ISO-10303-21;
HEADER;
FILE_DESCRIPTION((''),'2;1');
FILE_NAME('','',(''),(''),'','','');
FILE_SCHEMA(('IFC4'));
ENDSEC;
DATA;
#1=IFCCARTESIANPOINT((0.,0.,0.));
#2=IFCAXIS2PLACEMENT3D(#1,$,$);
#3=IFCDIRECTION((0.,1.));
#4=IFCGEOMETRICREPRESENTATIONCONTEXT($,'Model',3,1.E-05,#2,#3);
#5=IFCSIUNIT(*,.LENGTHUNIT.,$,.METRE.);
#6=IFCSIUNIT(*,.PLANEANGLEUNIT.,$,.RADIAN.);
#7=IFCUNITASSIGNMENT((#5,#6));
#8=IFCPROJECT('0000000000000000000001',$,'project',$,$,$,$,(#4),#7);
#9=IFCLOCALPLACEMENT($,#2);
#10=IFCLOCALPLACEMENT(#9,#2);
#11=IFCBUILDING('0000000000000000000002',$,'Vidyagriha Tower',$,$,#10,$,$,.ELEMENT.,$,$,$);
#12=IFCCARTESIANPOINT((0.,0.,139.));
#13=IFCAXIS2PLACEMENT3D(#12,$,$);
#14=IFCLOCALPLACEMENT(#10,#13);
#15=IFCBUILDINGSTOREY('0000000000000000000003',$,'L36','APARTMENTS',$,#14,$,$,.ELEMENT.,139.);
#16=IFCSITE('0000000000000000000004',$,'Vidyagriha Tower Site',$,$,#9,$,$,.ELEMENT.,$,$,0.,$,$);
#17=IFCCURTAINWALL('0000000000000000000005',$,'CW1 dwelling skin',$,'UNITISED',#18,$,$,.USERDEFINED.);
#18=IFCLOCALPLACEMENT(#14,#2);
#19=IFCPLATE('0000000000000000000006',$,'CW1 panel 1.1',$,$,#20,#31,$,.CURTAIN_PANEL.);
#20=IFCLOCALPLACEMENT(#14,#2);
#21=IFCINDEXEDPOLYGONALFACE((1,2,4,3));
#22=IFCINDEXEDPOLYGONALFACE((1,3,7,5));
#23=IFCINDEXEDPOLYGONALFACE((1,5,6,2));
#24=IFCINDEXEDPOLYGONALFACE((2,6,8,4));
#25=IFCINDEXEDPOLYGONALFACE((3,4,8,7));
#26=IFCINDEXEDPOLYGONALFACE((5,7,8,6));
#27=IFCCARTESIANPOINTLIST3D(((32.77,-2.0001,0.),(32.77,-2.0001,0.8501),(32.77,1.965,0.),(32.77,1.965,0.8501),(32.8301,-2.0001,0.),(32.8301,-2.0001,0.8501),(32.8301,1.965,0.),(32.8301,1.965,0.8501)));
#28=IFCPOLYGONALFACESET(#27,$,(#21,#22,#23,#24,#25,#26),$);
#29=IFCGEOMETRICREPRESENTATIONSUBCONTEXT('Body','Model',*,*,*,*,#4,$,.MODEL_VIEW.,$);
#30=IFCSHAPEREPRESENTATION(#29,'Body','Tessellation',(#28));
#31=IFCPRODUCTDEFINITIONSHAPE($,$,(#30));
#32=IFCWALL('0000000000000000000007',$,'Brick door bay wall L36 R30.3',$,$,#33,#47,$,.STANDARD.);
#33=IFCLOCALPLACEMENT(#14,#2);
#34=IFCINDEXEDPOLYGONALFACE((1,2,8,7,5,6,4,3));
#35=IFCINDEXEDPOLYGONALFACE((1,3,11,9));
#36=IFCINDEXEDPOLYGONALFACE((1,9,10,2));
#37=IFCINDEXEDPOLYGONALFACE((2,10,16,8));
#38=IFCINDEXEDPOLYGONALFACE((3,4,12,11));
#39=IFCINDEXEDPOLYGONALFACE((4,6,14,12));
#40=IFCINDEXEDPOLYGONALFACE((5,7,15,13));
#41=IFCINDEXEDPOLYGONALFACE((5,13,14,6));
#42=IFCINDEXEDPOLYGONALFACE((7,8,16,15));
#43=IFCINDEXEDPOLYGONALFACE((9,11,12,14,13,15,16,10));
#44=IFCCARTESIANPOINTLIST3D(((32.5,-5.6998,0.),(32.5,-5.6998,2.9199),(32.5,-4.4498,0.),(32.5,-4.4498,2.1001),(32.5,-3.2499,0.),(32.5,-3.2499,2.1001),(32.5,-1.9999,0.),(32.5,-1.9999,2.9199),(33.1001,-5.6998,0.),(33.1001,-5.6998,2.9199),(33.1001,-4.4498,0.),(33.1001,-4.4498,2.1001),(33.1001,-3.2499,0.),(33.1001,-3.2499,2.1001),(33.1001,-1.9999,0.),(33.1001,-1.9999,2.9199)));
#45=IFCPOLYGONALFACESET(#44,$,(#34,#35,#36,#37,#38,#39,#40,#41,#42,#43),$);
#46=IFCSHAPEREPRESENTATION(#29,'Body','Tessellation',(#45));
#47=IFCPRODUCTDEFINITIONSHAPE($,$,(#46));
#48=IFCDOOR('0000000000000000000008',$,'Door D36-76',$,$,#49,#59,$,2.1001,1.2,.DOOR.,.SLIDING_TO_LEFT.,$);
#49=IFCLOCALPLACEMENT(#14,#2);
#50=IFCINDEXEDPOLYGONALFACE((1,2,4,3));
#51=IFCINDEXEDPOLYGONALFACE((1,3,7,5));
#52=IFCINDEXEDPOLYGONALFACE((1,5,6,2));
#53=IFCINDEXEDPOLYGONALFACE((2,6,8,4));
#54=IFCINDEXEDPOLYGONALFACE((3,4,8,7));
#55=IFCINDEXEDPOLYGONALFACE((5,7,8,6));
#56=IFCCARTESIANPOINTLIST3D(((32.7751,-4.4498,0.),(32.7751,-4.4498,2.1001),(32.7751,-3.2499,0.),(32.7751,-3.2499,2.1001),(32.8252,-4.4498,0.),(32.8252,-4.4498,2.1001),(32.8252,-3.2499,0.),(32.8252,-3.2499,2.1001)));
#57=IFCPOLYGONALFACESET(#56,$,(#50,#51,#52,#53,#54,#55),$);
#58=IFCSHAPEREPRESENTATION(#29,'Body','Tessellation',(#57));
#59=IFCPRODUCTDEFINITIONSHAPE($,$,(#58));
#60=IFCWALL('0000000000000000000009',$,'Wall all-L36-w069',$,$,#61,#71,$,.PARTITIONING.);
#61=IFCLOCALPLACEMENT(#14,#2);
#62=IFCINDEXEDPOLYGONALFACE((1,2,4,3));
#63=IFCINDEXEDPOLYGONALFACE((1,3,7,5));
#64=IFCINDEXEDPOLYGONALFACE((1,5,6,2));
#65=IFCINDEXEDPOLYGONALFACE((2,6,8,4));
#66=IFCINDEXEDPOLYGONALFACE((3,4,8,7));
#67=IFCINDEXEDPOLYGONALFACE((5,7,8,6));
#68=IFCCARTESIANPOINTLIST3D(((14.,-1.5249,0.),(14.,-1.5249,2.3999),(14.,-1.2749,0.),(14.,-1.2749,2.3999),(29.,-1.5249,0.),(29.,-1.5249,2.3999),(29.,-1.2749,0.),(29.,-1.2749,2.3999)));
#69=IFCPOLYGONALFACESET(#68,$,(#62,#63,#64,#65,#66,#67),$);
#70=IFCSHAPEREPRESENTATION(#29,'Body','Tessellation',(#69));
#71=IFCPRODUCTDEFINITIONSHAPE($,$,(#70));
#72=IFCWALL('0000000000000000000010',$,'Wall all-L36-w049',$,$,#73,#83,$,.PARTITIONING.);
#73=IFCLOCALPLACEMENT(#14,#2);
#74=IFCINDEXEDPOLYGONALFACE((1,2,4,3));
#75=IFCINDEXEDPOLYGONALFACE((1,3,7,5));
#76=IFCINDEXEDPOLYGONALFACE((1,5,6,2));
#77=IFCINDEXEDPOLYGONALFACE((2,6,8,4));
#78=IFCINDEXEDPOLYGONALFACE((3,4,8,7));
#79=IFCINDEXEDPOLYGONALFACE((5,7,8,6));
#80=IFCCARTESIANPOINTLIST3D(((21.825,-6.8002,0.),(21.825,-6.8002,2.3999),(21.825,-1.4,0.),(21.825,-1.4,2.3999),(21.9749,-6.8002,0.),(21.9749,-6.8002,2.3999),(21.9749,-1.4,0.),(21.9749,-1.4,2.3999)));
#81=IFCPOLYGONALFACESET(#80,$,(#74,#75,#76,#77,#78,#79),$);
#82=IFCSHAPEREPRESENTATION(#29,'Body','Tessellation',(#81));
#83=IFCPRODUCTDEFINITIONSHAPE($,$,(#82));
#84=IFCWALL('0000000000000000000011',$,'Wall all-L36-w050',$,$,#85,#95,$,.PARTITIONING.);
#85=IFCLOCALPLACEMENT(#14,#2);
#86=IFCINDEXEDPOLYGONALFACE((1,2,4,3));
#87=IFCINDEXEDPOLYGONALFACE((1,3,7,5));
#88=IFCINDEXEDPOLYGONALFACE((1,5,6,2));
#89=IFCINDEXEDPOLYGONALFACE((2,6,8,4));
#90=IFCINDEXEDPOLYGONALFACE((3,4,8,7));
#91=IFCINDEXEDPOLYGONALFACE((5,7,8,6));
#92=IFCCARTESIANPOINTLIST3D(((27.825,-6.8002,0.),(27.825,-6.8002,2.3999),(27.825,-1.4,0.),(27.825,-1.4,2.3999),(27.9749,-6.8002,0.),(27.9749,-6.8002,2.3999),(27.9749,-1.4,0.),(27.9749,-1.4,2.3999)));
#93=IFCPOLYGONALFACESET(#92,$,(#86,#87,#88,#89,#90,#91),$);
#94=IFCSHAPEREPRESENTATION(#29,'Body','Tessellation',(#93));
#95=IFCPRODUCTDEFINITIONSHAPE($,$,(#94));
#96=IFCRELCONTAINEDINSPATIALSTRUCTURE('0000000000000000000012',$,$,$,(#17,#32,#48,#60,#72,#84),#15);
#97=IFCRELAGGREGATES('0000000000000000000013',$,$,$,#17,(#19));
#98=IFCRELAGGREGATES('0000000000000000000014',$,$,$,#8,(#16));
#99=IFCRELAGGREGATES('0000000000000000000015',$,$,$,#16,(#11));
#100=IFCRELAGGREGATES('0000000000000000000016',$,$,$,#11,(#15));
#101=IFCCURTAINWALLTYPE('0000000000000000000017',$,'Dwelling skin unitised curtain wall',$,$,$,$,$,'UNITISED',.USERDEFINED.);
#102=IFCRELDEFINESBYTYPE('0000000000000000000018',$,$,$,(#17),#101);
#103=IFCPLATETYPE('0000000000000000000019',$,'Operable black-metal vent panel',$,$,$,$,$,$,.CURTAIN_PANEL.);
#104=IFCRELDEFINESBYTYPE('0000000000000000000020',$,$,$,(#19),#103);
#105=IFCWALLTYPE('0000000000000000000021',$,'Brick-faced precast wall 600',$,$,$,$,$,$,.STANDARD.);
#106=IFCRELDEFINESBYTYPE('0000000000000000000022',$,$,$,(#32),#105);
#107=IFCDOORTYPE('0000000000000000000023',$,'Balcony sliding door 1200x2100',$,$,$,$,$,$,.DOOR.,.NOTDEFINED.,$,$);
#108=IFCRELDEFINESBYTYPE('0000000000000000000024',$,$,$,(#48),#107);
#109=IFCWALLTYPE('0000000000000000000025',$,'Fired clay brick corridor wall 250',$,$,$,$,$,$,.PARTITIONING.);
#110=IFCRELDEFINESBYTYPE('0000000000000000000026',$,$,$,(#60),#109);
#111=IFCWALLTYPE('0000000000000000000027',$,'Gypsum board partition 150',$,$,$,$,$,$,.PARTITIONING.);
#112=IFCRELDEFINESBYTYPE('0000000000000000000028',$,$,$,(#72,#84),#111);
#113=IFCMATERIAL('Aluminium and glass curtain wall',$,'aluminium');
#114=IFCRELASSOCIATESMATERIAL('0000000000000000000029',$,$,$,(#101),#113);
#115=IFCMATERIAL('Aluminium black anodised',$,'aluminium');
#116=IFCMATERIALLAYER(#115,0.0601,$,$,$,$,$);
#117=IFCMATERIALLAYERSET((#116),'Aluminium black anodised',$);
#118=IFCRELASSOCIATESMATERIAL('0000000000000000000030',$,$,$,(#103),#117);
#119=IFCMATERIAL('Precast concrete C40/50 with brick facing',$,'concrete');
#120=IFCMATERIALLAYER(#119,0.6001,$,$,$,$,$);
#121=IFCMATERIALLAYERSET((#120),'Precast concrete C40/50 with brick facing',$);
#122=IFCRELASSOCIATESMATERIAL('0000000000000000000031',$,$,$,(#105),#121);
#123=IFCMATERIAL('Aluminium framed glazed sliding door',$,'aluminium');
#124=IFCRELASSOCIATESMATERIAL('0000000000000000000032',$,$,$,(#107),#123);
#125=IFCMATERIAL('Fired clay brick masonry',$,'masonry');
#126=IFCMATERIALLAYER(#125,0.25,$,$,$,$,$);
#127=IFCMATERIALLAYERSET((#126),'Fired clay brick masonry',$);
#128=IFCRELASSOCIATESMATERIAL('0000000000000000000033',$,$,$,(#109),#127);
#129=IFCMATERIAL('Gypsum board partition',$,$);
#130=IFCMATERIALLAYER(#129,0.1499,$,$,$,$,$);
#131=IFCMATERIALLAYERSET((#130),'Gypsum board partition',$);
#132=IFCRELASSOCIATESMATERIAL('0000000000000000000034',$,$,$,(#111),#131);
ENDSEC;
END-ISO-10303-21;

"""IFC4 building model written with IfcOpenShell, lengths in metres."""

from ifc_helpers import new_model, si_unit, direction, frame, frame_2d, origin, origin_2d, place, context, subcontext, project, spatial, rectangle, extrude, material, layer, layer_set, type_object, element, fill, aggregate, save


model = new_model("IFC4")

# Units and contexts
model_context = context("Model", 3, precision=1e-05, world=origin(), true_north=direction((0.0, 1.0)))
body_context = subcontext(model_context, "Body", "Model", "MODEL_VIEW")
ifc_project = project(units=[si_unit("LENGTHUNIT", "METRE"), si_unit("PLANEANGLEUNIT", "RADIAN")], contexts=[model_context])

# Site, building, storey
site_placement = place(None, origin())
site = spatial("IfcSite", under=ifc_project, at=site_placement, Name="Vidyagriha Tower Site", CompositionType="ELEMENT", RefElevation=0.0)
building_placement = place(site_placement, origin())
building = spatial("IfcBuilding", under=site, at=building_placement, Name="Vidyagriha Tower", CompositionType="ELEMENT")
storey_placement = place(building_placement, frame((0.0, 0.0, 139.0)))
storey = spatial("IfcBuildingStorey", under=building, at=storey_placement, Name="L36", Description="APARTMENTS", CompositionType="ELEMENT", Elevation=139.0)

# Shared definitions
ifc_material_1 = material(Name="Aluminium and glass curtain wall", Category="aluminium")
curtain_wall_type = type_object("IfcCurtainWallType", Name="Dwelling skin unitised curtain wall", ElementType="UNITISED", PredefinedType="USERDEFINED", material=ifc_material_1)

# Curtain wall
curtain_wall_1_placement = place(storey_placement, origin())
curtain_wall_1 = element("IfcCurtainWall", 1, at=curtain_wall_1_placement, inside=storey, type_object=curtain_wall_type, Name="CW1 dwelling skin", ObjectType="UNITISED", PredefinedType="USERDEFINED")

# Plate
ifc_material_2 = material(Name="Aluminium black anodised", Category="aluminium")
ifc_layer_1 = layer(ifc_material_2, 0.0601)
ifc_layer_set_1 = layer_set([ifc_layer_1], Name="Aluminium black anodised")
plate_type_1 = type_object("IfcPlateType", Name="Operable black-metal vent panel", PredefinedType="CURTAIN_PANEL", material=ifc_layer_set_1)
plate_1_placement = place(storey_placement, frame((32.8, -0.0176, 0.0), z_axis=(0.0, 0.0, 1.0), x_axis=(0.0, 1.0, 0.0)))
plate_1 = element("IfcPlate", 2, at=plate_1_placement, type_object=plate_type_1, Name="CW1 panel 1.1", PredefinedType="CURTAIN_PANEL", context=body_context, shape_type="SweptSolid", body=[
    extrude(rectangle(XDim=3.9651, YDim=0.0601, at=origin_2d()), origin(), (0.0, 0.0, 1.0), 0.8501),
])
aggregate(curtain_wall_1, [plate_1])

# Wall, opening, door
ifc_material_3 = material(Name="Precast concrete C40/50 with brick facing", Category="concrete")
ifc_layer_2 = layer(ifc_material_3, 0.6001)
ifc_layer_set_2 = layer_set([ifc_layer_2], Name="Precast concrete C40/50 with brick facing")
wall_type_1 = type_object("IfcWallType", Name="Brick-faced precast wall 600", PredefinedType="STANDARD", material=ifc_layer_set_2)
wall_1_placement = place(storey_placement, frame((32.8, -5.7, 0.0), z_axis=(0.0, 0.0, 1.0), x_axis=(0.0, 1.0, 0.0)))
wall_1 = element("IfcWall", 3, at=wall_1_placement, inside=storey, type_object=wall_type_1, Name="Brick door bay wall L36 R30.3", PredefinedType="STANDARD", context=body_context, shape_type="SweptSolid", body=[
    extrude(rectangle(XDim=3.7, YDim=0.6001, at=frame_2d((1.8501, 0.0))), origin(), (0.0, 0.0, 1.0), 2.9199),
])
opening_1_placement = place(wall_1_placement, frame((1.25, 0.0, 0.0)))
opening_1 = element("IfcOpeningElement", 4, at=opening_1_placement, cuts=wall_1, PredefinedType="OPENING", context=body_context, shape_type="SweptSolid", body=[
    extrude(rectangle(XDim=1.2, YDim=2.1001, at=frame_2d((0.6001, 1.05))), frame((0.0, 0.3101, 0.0), z_axis=(0.0, -1.0, 0.0), x_axis=(1.0, 0.0, 0.0)), (0.0, 0.0, 1.0), 0.6201),
])
ifc_material_4 = material(Name="Aluminium framed glazed sliding door", Category="aluminium")
door_type_1 = type_object("IfcDoorType", Name="Balcony sliding door 1200x2100", OperationType="NOTDEFINED", PredefinedType="DOOR", material=ifc_material_4)
door_1_placement = place(opening_1_placement, origin())
door_1 = element("IfcDoor", 5, at=door_1_placement, inside=storey, type_object=door_type_1, Name="Door D36-76", OperationType="SLIDING_TO_LEFT", OverallHeight=2.1001, OverallWidth=1.2, PredefinedType="DOOR", context=body_context, shape_type="SweptSolid", body=[
    extrude(rectangle(XDim=1.2, YDim=2.1001, at=frame_2d((0.6001, 1.05))), frame((0.0, 0.0249, 0.0), z_axis=(0.0, -1.0, 0.0), x_axis=(1.0, 0.0, 0.0)), (0.0, 0.0, 1.0), 0.05),
])
fill(opening_1, door_1)

# Walls
ifc_material_5 = material(Name="Fired clay brick masonry", Category="masonry")
ifc_layer_3 = layer(ifc_material_5, 0.25)
ifc_layer_set_3 = layer_set([ifc_layer_3], Name="Fired clay brick masonry")
wall_type_2 = type_object("IfcWallType", Name="Fired clay brick corridor wall 250", PredefinedType="PARTITIONING", material=ifc_layer_set_3)
wall_2_placement = place(storey_placement, frame((29.0, -1.3999, 0.0), z_axis=(0.0, 0.0, 1.0), x_axis=(-1.0, 0.0, 0.0)))
element("IfcWall", 6, at=wall_2_placement, inside=storey, type_object=wall_type_2, Name="Wall all-L36-w069", PredefinedType="PARTITIONING", context=body_context, shape_type="SweptSolid", body=[
    extrude(rectangle(XDim=15.0, YDim=0.25, at=frame_2d((7.5, 0.0))), origin(), (0.0, 0.0, 1.0), 2.3999),
])
ifc_material_6 = material(Name="Gypsum board partition")
ifc_layer_4 = layer(ifc_material_6, 0.1499)
ifc_layer_set_4 = layer_set([ifc_layer_4], Name="Gypsum board partition")
wall_type_3 = type_object("IfcWallType", Name="Gypsum board partition 150", PredefinedType="PARTITIONING", material=ifc_layer_set_4)
for number, where, z_axis, x_axis, name in (
    (7, (21.8999, -1.3999, 0.0), (0.0, 0.0, 1.0), (0.0, -1.0, 0.0), "Wall all-L36-w049"),
    (8, (27.8999, -1.3999, 0.0), (0.0, 0.0, 1.0), (0.0, -1.0, 0.0), "Wall all-L36-w050"),
):
    element("IfcWall", number, at=place(storey_placement, frame(where, z_axis=z_axis, x_axis=x_axis)), inside=storey, type_object=wall_type_3, Name=name, PredefinedType="PARTITIONING", context=body_context, shape_type="SweptSolid", body=[
        extrude(rectangle(XDim=5.4001, YDim=0.1499, at=frame_2d((2.7002, 0.0))), origin(), (0.0, 0.0, 1.0), 2.3999),
    ])

save(model, "model.ifc")
